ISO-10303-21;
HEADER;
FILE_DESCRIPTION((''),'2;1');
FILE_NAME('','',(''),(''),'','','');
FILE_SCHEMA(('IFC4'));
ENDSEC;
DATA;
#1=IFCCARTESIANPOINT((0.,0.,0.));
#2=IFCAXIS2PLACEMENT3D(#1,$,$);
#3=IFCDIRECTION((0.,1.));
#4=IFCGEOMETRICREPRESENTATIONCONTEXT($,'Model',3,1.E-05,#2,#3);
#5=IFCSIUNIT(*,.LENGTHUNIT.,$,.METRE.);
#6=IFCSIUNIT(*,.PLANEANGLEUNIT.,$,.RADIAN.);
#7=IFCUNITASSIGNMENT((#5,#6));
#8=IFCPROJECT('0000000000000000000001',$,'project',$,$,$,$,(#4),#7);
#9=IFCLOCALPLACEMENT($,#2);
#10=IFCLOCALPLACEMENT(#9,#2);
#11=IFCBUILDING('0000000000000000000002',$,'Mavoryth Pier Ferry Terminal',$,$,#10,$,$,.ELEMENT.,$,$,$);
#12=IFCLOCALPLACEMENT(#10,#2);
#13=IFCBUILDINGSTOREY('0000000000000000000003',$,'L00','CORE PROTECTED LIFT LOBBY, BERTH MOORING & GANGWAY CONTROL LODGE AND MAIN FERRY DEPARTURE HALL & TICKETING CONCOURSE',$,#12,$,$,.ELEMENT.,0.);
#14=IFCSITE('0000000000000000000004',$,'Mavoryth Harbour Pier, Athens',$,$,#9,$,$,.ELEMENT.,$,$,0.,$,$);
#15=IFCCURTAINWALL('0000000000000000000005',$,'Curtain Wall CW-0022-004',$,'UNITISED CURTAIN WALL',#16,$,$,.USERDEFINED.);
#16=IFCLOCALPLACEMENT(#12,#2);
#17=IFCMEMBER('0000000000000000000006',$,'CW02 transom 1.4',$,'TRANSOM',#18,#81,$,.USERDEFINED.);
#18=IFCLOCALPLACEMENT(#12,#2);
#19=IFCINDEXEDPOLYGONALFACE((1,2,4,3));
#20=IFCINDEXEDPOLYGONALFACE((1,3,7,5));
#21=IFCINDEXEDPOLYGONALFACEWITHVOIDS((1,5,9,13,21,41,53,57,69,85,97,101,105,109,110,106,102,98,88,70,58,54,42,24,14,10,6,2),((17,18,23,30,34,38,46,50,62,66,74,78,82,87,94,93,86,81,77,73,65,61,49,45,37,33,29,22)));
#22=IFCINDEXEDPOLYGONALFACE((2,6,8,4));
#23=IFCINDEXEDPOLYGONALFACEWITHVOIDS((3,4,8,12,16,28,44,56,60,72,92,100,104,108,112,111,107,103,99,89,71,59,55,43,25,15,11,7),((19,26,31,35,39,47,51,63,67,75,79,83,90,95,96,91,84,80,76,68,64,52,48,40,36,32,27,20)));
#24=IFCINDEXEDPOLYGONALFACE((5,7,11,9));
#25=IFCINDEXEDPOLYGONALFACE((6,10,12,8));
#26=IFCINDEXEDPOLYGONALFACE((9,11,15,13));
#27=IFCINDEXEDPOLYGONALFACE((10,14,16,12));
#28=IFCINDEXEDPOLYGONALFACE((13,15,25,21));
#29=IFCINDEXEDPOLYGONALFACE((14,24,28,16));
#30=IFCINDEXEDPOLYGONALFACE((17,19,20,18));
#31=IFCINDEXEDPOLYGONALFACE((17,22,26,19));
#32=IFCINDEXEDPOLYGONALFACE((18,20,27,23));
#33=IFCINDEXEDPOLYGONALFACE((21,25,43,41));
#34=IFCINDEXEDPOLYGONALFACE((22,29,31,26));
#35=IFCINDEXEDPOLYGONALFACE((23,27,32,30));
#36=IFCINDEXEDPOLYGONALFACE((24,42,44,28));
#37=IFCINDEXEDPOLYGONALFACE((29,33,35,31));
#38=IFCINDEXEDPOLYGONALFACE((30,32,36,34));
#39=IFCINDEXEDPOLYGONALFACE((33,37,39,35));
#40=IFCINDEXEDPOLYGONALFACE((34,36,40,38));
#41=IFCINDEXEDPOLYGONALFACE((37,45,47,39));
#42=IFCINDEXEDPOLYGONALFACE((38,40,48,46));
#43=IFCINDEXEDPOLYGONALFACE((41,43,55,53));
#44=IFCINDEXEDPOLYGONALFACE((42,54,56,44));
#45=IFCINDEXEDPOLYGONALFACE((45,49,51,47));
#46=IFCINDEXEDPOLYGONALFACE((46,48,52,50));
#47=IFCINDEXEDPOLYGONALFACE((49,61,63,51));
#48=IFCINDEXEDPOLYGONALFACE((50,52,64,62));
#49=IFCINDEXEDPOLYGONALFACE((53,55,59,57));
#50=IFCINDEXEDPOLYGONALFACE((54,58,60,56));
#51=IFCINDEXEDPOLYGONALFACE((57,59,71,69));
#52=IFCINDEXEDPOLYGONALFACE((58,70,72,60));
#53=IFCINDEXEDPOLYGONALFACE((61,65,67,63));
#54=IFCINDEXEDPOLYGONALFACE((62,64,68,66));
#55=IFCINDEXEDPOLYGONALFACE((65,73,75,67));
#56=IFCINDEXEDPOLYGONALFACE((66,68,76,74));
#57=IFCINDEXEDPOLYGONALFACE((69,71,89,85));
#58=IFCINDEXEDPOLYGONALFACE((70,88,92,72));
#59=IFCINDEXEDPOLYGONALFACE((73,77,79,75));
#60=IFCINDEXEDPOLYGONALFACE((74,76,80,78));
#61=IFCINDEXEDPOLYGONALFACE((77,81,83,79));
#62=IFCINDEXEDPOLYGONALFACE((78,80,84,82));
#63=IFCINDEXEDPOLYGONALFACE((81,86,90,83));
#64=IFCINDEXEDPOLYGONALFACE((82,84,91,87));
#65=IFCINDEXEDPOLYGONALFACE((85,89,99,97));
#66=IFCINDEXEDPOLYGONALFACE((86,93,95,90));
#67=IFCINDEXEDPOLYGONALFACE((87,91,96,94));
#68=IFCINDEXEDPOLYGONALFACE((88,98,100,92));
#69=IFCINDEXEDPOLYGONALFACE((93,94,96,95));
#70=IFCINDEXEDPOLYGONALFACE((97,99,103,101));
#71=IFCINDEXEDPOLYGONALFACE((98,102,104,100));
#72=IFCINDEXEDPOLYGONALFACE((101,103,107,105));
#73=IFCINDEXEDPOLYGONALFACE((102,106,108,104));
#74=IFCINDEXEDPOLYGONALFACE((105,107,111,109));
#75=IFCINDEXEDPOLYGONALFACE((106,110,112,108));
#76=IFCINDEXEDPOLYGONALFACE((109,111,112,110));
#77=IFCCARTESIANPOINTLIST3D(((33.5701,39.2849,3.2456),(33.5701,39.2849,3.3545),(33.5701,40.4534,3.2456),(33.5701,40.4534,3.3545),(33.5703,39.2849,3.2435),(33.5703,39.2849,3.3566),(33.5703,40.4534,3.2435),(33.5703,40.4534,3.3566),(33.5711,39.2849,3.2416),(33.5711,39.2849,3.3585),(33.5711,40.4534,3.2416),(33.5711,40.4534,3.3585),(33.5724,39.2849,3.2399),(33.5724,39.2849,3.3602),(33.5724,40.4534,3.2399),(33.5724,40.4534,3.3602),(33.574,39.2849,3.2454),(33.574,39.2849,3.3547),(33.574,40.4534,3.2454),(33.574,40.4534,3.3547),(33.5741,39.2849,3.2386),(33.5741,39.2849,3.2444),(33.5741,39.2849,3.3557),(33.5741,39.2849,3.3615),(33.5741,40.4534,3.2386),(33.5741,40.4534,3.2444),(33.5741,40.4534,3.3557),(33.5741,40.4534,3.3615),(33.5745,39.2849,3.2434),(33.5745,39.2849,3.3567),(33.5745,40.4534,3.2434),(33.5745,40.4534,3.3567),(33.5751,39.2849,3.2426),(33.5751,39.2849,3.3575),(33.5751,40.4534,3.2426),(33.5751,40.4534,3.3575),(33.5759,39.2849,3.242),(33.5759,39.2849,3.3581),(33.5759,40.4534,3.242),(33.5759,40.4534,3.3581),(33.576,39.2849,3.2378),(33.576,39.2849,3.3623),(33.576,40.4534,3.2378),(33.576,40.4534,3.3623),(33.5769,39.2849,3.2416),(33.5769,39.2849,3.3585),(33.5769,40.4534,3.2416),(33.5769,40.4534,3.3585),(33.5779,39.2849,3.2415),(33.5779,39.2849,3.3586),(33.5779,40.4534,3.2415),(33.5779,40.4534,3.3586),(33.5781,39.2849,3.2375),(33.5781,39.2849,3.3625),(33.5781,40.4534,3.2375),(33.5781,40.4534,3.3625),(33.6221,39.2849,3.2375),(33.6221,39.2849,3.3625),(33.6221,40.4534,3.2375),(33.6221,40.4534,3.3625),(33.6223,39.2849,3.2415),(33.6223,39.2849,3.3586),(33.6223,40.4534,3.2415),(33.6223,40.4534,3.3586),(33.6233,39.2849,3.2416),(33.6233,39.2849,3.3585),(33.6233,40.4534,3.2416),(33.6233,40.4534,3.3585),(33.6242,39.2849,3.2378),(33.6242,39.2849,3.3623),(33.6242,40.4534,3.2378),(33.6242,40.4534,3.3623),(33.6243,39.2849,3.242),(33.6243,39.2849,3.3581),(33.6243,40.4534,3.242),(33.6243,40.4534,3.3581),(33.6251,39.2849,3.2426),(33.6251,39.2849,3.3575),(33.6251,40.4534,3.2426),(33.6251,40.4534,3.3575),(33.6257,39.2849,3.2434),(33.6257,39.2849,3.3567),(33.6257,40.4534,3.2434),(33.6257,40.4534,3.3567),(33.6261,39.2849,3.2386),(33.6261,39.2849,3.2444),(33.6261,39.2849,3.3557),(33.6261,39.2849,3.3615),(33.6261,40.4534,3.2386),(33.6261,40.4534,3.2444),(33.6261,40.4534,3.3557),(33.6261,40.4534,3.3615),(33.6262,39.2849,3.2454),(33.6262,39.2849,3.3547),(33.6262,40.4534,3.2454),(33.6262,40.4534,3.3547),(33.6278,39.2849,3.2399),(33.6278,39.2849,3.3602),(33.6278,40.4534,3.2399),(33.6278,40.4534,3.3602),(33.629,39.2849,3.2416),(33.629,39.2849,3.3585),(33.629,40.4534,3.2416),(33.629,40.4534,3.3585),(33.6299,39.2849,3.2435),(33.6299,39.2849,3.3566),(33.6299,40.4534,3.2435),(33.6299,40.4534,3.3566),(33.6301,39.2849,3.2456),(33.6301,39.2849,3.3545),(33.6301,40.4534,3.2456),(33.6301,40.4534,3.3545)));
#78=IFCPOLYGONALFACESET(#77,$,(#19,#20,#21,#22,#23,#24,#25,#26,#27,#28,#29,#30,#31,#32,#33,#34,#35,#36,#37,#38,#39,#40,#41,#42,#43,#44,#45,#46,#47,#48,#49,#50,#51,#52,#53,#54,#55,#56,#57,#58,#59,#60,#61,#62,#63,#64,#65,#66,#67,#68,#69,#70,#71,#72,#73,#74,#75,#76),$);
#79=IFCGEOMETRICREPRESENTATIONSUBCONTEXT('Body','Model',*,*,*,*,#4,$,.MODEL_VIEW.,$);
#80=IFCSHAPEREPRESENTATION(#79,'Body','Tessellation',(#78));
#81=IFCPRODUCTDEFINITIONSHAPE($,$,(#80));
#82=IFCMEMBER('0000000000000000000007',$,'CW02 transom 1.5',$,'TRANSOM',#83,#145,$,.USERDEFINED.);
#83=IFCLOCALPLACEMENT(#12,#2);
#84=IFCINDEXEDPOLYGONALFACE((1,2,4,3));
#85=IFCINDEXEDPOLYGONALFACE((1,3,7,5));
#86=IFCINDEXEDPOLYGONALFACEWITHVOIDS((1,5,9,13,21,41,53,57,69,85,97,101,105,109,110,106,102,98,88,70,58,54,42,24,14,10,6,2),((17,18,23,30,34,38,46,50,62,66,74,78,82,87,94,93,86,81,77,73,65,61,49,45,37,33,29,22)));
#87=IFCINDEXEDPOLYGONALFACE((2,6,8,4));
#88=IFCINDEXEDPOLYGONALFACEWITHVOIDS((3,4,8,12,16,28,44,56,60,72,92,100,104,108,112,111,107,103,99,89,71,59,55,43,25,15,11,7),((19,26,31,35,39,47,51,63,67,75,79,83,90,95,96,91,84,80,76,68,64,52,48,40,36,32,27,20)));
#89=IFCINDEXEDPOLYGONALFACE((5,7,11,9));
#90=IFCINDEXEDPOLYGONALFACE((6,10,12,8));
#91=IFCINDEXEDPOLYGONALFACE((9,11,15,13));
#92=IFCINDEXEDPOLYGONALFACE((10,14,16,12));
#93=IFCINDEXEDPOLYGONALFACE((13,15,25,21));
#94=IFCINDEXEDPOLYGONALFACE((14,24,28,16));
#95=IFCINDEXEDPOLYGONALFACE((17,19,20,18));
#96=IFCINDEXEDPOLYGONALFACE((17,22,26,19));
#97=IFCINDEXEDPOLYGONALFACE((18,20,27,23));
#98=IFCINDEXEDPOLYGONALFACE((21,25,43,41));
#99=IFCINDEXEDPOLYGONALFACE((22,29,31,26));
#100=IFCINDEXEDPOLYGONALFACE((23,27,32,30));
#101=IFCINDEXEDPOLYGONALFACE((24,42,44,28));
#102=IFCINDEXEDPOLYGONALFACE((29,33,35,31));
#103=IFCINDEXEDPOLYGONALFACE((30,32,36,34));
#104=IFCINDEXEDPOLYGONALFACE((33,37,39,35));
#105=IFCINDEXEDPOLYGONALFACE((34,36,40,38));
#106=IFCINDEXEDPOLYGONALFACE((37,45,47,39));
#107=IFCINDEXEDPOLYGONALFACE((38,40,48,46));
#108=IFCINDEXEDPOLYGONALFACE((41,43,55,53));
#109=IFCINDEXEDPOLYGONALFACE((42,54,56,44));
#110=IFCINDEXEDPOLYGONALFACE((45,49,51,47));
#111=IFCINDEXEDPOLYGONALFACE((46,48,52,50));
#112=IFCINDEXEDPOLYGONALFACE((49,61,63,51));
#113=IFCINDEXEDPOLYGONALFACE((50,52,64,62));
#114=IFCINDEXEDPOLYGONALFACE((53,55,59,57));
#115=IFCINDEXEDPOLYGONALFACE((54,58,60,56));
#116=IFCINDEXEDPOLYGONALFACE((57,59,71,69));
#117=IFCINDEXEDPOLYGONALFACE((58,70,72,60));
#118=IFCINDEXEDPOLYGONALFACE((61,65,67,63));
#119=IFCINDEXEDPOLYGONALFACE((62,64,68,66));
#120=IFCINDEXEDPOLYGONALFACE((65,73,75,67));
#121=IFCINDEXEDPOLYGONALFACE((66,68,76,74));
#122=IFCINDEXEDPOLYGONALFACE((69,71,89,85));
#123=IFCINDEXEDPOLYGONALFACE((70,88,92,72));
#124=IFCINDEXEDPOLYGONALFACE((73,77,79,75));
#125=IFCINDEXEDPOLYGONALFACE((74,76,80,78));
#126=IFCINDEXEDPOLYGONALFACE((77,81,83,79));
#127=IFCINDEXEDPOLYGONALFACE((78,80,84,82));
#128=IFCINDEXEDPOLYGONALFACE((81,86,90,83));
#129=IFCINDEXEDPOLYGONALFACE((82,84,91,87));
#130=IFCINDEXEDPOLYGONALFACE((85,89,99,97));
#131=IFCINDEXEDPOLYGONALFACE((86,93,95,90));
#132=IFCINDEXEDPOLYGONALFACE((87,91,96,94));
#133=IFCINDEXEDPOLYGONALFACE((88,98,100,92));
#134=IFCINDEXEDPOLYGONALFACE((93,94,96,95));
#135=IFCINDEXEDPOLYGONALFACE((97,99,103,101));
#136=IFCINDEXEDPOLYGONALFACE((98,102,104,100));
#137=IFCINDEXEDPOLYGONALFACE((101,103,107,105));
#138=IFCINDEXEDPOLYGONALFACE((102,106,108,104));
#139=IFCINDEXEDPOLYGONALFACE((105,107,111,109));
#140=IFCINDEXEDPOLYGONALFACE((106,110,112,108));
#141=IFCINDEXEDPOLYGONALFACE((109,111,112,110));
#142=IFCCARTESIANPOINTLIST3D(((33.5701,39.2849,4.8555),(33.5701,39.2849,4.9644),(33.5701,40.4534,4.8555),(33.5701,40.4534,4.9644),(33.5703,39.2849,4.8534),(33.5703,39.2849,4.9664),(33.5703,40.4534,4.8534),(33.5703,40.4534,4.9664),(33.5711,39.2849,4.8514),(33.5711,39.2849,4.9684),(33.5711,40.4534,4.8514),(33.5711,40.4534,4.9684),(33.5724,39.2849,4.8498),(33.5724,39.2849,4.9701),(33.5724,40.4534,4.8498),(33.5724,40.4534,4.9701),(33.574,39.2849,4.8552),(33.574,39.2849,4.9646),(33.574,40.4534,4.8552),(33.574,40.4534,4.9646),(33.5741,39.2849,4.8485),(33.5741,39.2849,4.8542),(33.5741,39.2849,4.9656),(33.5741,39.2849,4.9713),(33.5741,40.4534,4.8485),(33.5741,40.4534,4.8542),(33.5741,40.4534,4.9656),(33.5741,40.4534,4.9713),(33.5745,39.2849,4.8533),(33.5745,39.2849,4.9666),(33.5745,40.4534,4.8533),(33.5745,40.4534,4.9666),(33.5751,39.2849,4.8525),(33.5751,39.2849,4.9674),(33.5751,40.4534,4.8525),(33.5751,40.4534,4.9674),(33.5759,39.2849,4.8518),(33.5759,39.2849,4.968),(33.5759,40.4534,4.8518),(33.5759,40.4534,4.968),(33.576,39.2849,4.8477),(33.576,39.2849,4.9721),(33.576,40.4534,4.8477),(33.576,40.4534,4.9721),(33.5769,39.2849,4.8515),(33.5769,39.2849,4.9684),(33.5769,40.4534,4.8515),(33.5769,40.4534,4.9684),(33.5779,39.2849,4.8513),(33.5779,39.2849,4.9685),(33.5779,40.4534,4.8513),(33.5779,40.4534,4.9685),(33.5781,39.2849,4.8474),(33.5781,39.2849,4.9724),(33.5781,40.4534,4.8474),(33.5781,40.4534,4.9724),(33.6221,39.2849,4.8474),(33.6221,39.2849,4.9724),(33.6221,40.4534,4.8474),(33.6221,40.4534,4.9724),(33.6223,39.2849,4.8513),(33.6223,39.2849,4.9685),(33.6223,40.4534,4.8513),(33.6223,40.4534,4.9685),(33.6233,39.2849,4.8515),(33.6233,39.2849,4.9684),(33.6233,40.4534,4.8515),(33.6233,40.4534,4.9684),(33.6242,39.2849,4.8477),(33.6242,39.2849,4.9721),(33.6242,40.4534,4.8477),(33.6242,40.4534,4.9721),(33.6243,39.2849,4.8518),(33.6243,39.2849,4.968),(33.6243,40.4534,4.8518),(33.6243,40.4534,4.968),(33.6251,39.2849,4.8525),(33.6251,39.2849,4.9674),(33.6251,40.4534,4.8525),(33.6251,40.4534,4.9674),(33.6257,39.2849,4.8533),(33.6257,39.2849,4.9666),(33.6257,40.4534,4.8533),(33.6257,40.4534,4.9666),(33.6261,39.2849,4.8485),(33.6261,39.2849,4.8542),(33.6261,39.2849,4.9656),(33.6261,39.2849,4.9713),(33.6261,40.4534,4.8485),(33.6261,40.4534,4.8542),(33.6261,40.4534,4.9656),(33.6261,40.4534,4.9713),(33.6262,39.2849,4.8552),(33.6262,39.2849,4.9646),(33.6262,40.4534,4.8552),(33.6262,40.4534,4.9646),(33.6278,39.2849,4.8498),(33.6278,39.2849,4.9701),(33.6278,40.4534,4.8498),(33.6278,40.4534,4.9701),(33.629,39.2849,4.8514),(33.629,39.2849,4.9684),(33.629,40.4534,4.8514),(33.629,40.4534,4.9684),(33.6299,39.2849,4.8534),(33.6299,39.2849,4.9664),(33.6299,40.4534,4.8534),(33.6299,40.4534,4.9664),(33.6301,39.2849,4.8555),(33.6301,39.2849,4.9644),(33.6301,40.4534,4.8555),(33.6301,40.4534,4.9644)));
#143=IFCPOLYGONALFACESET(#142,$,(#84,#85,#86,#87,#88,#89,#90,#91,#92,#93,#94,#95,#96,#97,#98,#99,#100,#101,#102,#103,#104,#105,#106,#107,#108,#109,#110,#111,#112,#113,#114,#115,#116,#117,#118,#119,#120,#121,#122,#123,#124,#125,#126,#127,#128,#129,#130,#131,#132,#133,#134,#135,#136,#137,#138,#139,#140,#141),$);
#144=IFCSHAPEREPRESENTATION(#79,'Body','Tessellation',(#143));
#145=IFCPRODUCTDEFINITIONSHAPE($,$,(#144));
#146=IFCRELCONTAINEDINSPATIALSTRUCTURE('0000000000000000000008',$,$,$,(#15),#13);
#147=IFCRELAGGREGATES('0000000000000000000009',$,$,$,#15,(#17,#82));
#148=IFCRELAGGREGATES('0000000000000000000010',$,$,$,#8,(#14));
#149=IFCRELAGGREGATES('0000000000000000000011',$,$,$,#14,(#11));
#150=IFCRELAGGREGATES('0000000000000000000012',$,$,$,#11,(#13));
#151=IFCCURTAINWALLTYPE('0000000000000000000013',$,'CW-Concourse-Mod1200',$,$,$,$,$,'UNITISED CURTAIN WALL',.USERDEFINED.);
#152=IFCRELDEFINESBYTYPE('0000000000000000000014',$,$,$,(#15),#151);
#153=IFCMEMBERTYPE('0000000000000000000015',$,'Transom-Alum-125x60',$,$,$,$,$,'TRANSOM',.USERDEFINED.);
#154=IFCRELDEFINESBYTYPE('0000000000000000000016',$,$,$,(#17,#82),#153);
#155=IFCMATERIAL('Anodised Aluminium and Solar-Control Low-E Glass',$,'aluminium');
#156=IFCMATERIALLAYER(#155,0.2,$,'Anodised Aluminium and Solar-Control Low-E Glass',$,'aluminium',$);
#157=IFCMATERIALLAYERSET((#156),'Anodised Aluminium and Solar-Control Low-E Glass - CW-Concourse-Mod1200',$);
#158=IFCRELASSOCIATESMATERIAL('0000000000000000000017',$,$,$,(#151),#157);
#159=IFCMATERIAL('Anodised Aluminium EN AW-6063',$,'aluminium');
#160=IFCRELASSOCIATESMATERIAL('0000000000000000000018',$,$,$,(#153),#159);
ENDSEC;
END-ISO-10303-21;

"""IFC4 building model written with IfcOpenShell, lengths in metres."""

from ifc_helpers import new_model, si_unit, direction, frame, origin, origin_2d, place, context, subcontext, project, spatial, hollow_rectangle, extrude, material, layer, layer_set, material_profile, profile_set, type_object, element, aggregate, save


model = new_model("IFC4")

# Units and contexts
model_context = context("Model", 3, precision=1e-05, world=origin(), true_north=direction((0.0, 1.0)))
body_context = subcontext(model_context, "Body", "Model", "MODEL_VIEW")
ifc_project = project(units=[si_unit("LENGTHUNIT", "METRE"), si_unit("PLANEANGLEUNIT", "RADIAN")], contexts=[model_context])

# Site, building, storey
site_placement = place(None, origin())
site = spatial("IfcSite", under=ifc_project, at=site_placement, Name="Mavoryth Harbour Pier, Athens", CompositionType="ELEMENT", RefElevation=0.0)
building_placement = place(site_placement, origin())
building = spatial("IfcBuilding", under=site, at=building_placement, Name="Mavoryth Pier Ferry Terminal", CompositionType="ELEMENT")
storey_placement = place(building_placement, origin())
storey = spatial("IfcBuildingStorey", under=building, at=storey_placement, Name="L00", Description="CORE PROTECTED LIFT LOBBY, BERTH MOORING & GANGWAY CONTROL LODGE AND MAIN FERRY DEPARTURE HALL & TICKETING CONCOURSE", CompositionType="ELEMENT", Elevation=0.0)

# Curtain wall, members
ifc_material_1 = material(Name="Anodised Aluminium and Solar-Control Low-E Glass", Category="aluminium")
ifc_layer_1 = layer(ifc_material_1, 0.2, Name="Anodised Aluminium and Solar-Control Low-E Glass", Category="aluminium")
ifc_layer_set_1 = layer_set([ifc_layer_1], Name="Anodised Aluminium and Solar-Control Low-E Glass - CW-Concourse-Mod1200")
curtain_wall_type = type_object("IfcCurtainWallType", Name="CW-Concourse-Mod1200", ElementType="UNITISED CURTAIN WALL", PredefinedType="USERDEFINED", material=ifc_layer_set_1)
curtain_wall_placement = place(storey_placement, origin())
curtain_wall = element("IfcCurtainWall", 1, at=curtain_wall_placement, inside=storey, type_object=curtain_wall_type, Name="Curtain Wall CW-0022-004", ObjectType="UNITISED CURTAIN WALL", PredefinedType="USERDEFINED")
ifc_material_2 = material(Name="Anodised Aluminium EN AW-6063", Category="aluminium")
ifc_material_profile_1 = material_profile(ifc_material_2, hollow_rectangle(XDim=0.0601, YDim=0.125, WallThickness=0.0039, InnerFilletRadius=0.0039, OuterFilletRadius=0.0081, at=origin_2d()), Name="AL-TRAN 125x60x4", Category="aluminium")
ifc_profile_set_1 = profile_set([ifc_material_profile_1], Name="Anodised Aluminium EN AW-6063 - AL-TRAN 125x60x4")
member_type_1 = type_object("IfcMemberType", Name="Transom-Alum-125x60", ElementType="TRANSOM", PredefinedType="USERDEFINED", material=ifc_profile_set_1)
member_1_placement = place(storey_placement, frame((33.6001, 39.2849, 3.3), z_axis=(0.0, 1.0, 0.0), x_axis=(-1.0, 0.0, 0.0)))
member_1 = element("IfcMember", 2, at=member_1_placement, type_object=member_type_1, Name="CW02 transom 1.4", ObjectType="TRANSOM", PredefinedType="USERDEFINED", context=body_context, shape_type="SweptSolid", body=[
    extrude(hollow_rectangle(XDim=0.0601, YDim=0.125, WallThickness=0.0039, InnerFilletRadius=0.0039, OuterFilletRadius=0.0081, at=origin_2d()), origin(), (0.0, 0.0, 1.0), 1.1685),
])
member_2_placement = place(storey_placement, frame((33.6001, 39.2849, 4.9099), z_axis=(0.0, 1.0, 0.0), x_axis=(-1.0, 0.0, 0.0)))
member_2 = element("IfcMember", 3, at=member_2_placement, type_object=member_type_1, Name="CW02 transom 1.5", ObjectType="TRANSOM", PredefinedType="USERDEFINED", context=body_context, shape_type="SweptSolid", body=[
    extrude(hollow_rectangle(XDim=0.0601, YDim=0.125, WallThickness=0.0039, InnerFilletRadius=0.0039, OuterFilletRadius=0.0081, at=origin_2d()), origin(), (0.0, 0.0, 1.0), 1.1685),
])
aggregate(curtain_wall, [member_1, member_2])

save(model, "model.ifc")
